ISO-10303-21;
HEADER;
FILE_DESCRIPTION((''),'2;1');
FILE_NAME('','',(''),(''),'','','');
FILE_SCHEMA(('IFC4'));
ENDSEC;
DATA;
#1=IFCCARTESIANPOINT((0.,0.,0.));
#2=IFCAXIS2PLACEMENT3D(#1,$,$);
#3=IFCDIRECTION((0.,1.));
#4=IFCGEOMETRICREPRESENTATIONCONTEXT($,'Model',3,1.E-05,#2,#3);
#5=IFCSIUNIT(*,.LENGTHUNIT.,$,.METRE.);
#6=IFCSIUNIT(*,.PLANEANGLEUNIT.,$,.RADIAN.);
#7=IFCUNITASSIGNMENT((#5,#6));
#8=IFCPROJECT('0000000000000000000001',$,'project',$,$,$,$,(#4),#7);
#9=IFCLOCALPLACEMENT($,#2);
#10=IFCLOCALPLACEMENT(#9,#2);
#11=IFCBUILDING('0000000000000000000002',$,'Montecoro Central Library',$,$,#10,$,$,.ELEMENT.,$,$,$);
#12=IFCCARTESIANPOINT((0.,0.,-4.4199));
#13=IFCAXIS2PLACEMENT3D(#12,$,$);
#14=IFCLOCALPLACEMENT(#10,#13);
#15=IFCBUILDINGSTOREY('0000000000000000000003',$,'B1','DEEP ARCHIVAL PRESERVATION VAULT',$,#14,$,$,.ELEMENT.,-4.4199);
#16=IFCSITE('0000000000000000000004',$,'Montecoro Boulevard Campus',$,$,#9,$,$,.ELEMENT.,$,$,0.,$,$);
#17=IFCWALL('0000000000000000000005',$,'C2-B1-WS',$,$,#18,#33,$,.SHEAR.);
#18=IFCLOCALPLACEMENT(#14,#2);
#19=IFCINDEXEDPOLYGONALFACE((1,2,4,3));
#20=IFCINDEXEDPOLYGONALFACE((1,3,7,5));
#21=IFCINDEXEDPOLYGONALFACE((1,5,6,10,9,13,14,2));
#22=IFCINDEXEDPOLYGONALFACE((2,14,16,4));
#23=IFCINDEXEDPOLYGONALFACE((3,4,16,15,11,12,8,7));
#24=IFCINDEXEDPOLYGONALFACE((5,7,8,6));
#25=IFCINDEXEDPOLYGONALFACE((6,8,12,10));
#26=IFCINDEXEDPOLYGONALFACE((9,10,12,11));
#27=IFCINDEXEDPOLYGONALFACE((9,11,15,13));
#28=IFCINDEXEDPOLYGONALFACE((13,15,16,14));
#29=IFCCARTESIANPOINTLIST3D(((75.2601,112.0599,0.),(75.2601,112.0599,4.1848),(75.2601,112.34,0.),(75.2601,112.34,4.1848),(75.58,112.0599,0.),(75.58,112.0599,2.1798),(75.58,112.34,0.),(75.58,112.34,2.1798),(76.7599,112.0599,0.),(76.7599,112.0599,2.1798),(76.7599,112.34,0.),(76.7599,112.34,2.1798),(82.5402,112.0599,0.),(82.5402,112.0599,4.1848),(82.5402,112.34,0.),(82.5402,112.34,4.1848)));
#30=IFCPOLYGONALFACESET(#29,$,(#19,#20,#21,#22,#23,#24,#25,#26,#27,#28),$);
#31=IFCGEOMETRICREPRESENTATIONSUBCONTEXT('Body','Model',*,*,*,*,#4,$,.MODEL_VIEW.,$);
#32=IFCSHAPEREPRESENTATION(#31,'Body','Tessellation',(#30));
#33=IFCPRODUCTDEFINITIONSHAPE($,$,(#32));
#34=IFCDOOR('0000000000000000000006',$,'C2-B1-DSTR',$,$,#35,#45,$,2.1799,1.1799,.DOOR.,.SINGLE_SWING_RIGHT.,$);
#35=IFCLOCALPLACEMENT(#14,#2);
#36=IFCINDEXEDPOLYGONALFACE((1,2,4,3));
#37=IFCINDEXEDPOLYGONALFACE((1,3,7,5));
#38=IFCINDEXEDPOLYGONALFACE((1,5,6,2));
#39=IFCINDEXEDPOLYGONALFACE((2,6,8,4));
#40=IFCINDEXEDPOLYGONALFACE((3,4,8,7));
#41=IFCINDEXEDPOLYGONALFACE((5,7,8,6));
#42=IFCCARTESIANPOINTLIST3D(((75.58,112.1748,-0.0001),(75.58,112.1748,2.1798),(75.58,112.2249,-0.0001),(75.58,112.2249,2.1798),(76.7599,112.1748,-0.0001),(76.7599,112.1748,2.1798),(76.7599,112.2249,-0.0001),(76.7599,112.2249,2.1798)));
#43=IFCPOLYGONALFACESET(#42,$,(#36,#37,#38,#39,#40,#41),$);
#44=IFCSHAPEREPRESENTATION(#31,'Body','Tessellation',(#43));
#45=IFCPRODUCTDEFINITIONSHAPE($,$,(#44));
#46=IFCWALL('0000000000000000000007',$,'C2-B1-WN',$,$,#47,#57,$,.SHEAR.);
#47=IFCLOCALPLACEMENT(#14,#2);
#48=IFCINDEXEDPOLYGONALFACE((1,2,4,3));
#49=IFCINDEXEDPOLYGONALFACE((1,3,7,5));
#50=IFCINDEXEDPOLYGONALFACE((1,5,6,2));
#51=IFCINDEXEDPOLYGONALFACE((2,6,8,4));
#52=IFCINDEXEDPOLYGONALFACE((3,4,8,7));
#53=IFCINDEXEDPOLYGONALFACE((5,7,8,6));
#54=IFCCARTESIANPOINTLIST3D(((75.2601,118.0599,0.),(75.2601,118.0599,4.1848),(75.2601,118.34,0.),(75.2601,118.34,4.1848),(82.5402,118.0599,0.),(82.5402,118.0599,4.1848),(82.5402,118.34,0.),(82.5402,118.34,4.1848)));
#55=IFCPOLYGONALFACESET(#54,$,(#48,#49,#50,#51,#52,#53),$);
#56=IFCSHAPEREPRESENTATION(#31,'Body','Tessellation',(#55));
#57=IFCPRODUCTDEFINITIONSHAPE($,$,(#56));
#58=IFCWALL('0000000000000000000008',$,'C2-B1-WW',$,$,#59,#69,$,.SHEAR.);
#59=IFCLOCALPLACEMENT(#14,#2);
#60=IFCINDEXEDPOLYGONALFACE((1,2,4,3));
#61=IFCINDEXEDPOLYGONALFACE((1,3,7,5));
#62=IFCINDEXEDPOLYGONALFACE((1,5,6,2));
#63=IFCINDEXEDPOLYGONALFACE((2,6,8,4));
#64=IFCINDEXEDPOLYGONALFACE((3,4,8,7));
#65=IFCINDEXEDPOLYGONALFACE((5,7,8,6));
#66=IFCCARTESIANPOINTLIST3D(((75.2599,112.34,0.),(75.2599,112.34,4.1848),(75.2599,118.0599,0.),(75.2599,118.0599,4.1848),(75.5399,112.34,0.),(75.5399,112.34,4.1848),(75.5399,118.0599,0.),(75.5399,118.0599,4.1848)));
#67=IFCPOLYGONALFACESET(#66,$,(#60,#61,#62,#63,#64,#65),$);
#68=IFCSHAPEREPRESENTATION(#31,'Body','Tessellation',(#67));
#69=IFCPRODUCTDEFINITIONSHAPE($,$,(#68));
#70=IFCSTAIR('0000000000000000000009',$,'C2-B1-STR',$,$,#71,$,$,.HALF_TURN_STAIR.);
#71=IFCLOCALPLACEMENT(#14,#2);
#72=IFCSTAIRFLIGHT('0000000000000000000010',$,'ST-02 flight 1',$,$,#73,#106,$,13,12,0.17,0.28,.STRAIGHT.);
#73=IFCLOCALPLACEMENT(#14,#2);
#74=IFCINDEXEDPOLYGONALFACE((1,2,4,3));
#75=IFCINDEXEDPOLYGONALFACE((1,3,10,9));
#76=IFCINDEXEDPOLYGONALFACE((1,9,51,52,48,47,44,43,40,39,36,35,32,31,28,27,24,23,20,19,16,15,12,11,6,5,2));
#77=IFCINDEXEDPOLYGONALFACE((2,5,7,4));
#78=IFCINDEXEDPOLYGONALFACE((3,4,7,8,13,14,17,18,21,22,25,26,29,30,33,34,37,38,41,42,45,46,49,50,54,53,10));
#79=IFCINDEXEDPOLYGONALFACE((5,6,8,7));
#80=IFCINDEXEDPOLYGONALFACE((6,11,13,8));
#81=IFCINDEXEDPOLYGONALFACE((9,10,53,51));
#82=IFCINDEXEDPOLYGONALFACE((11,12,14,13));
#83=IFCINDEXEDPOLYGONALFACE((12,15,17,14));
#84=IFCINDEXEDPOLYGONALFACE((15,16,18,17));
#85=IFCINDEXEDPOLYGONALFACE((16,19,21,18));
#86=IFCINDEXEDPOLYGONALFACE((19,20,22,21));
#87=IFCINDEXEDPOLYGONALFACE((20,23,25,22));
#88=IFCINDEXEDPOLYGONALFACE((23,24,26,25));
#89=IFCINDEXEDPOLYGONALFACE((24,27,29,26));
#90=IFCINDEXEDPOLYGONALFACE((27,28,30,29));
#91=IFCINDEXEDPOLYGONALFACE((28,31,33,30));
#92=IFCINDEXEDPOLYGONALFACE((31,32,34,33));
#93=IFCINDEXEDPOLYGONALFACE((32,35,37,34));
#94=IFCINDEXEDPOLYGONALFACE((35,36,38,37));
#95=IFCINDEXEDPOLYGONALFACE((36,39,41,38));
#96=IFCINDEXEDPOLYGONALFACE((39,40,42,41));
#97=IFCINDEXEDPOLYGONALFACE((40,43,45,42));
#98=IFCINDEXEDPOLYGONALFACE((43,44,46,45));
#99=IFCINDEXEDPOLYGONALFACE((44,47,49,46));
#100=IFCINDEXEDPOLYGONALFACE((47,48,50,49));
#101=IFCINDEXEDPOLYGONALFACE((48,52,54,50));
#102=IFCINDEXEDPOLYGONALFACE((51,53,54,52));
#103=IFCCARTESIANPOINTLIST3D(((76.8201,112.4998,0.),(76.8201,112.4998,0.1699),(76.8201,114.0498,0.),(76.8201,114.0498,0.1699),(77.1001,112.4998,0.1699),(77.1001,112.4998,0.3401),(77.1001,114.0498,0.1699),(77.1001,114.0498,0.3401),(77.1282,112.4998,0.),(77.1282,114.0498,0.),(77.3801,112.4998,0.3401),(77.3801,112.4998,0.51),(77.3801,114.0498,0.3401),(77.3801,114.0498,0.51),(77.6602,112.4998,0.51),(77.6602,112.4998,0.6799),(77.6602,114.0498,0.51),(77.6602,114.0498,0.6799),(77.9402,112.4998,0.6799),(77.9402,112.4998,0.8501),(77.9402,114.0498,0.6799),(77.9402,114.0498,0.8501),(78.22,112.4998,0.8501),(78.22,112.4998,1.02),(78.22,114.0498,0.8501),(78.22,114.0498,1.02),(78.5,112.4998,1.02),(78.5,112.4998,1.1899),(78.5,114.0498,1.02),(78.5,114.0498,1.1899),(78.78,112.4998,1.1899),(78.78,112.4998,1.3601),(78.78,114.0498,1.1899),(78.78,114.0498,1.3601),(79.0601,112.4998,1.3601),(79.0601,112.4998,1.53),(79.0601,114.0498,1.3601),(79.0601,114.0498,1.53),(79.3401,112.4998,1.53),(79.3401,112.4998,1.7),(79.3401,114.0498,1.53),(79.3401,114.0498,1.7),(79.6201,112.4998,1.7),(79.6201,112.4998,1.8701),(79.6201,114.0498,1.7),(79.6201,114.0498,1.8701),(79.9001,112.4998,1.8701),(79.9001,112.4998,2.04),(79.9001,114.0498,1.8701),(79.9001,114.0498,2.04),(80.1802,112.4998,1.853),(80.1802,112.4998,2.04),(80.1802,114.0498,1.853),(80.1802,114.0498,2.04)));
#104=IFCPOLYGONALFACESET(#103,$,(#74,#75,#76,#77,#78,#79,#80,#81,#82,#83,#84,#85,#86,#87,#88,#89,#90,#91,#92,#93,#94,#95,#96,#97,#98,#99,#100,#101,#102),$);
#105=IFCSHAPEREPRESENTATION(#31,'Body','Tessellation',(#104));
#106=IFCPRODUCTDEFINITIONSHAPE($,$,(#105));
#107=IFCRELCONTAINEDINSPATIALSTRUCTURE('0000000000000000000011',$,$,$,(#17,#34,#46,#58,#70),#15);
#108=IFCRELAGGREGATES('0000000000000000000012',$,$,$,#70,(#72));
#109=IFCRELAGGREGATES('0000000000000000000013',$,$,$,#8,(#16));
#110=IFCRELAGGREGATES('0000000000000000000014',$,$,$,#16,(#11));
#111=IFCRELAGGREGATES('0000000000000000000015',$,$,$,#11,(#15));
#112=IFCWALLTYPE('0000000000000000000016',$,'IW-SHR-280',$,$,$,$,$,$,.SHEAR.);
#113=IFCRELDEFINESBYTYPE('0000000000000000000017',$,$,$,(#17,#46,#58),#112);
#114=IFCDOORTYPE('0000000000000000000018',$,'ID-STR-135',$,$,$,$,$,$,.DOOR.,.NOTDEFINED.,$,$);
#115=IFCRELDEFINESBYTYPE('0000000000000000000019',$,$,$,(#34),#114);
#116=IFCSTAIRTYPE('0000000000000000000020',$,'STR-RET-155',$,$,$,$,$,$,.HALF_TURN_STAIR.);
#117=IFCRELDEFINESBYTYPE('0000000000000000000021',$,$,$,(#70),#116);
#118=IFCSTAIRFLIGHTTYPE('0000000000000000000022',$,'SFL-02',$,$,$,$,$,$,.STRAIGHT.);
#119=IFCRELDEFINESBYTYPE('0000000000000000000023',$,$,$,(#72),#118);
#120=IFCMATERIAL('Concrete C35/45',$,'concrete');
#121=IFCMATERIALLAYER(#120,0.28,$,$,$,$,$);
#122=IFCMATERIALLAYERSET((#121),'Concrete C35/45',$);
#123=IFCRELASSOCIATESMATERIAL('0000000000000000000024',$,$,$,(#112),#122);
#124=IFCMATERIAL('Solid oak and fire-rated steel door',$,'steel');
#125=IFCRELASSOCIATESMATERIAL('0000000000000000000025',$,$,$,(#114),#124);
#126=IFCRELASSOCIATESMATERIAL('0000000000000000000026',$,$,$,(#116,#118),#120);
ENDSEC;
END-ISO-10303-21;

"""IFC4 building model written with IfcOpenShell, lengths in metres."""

from ifc_helpers import new_model, si_unit, direction, frame, frame_2d, origin, place, context, subcontext, project, spatial, polyline, rectangle, outline, extrude, material, layer, layer_set, type_object, element, fill, aggregate, save


model = new_model("IFC4")

# Units and contexts
model_context = context("Model", 3, precision=1e-05, world=origin(), true_north=direction((0.0, 1.0)))
body_context = subcontext(model_context, "Body", "Model", "MODEL_VIEW")
ifc_project = project(units=[si_unit("LENGTHUNIT", "METRE"), si_unit("PLANEANGLEUNIT", "RADIAN")], contexts=[model_context])

# Site, building, storey
site_placement = place(None, origin())
site = spatial("IfcSite", under=ifc_project, at=site_placement, Name="Montecoro Boulevard Campus", CompositionType="ELEMENT", RefElevation=0.0)
building_placement = place(site_placement, origin())
building = spatial("IfcBuilding", under=site, at=building_placement, Name="Montecoro Central Library", CompositionType="ELEMENT")
storey_placement = place(building_placement, frame((0.0, 0.0, -4.4199)))
storey = spatial("IfcBuildingStorey", under=building, at=storey_placement, Name="B1", Description="DEEP ARCHIVAL PRESERVATION VAULT", CompositionType="ELEMENT", Elevation=-4.4199)

# Shared definitions
ifc_material_1 = material(Name="Concrete C35/45", Category="concrete")

# Wall, opening, door
ifc_layer_1 = layer(ifc_material_1, 0.28)
ifc_layer_set_1 = layer_set([ifc_layer_1], Name="Concrete C35/45")
wall_type_1 = type_object("IfcWallType", Name="IW-SHR-280", PredefinedType="SHEAR", material=ifc_layer_set_1)
wall_1_placement = place(storey_placement, frame((75.26, 112.2, 0.0), z_axis=(0.0, 0.0, 1.0), x_axis=(1.0, 0.0, 0.0)))
wall_1 = element("IfcWall", 1, at=wall_1_placement, inside=storey, type_object=wall_type_1, Name="C2-B1-WS", PredefinedType="SHEAR", context=body_context, shape_type="SweptSolid", body=[
    extrude(rectangle(XDim=7.28, YDim=0.28, at=frame_2d((3.6401, 0.0))), origin(), (0.0, 0.0, 1.0), 4.1848),
])
opening_placement = place(wall_1_placement, frame((0.3201, 0.0, 0.0)))
opening = element("IfcOpeningElement", 2, at=opening_placement, cuts=wall_1, PredefinedType="OPENING", context=body_context, shape_type="SweptSolid", body=[
    extrude(rectangle(XDim=1.1799, YDim=2.1799, at=frame_2d((0.5898, 1.0898))), frame((0.0, 0.1499, 0.0), z_axis=(0.0, -1.0, 0.0), x_axis=(1.0, 0.0, 0.0)), (0.0, 0.0, 1.0), 0.3),
])
ifc_material_2 = material(Name="Solid oak and fire-rated steel door", Category="steel")
door_type = type_object("IfcDoorType", Name="ID-STR-135", OperationType="NOTDEFINED", PredefinedType="DOOR", material=ifc_material_2)
door_placement = place(opening_placement, origin())
door = element("IfcDoor", 3, at=door_placement, inside=storey, type_object=door_type, Name="C2-B1-DSTR", OperationType="SINGLE_SWING_RIGHT", OverallHeight=2.1799, OverallWidth=1.1799, PredefinedType="DOOR", context=body_context, shape_type="SweptSolid", body=[
    extrude(rectangle(XDim=1.1799, YDim=2.1799, at=frame_2d((0.5898, 1.0898))), frame((0.0, 0.0249, 0.0), z_axis=(0.0, -1.0, 0.0), x_axis=(1.0, 0.0, 0.0)), (0.0, 0.0, 1.0), 0.05),
])
fill(opening, door)

# Walls
wall_2_placement = place(storey_placement, frame((75.26, 118.2, 0.0), z_axis=(0.0, 0.0, 1.0), x_axis=(1.0, 0.0, 0.0)))
element("IfcWall", 4, at=wall_2_placement, inside=storey, type_object=wall_type_1, Name="C2-B1-WN", PredefinedType="SHEAR", context=body_context, shape_type="SweptSolid", body=[
    extrude(rectangle(XDim=7.28, YDim=0.28, at=frame_2d((3.6401, 0.0))), origin(), (0.0, 0.0, 1.0), 4.1848),
])
wall_3_placement = place(storey_placement, frame((75.3999, 112.3401, 0.0), z_axis=(0.0, 0.0, 1.0), x_axis=(0.0, 1.0, 0.0)))
element("IfcWall", 5, at=wall_3_placement, inside=storey, type_object=wall_type_1, Name="C2-B1-WW", PredefinedType="SHEAR", context=body_context, shape_type="SweptSolid", body=[
    extrude(rectangle(XDim=5.72, YDim=0.28, at=frame_2d((2.8599, 0.0))), origin(), (0.0, 0.0, 1.0), 4.1848),
])

# Stair, stair flight
stair_type = type_object("IfcStairType", Name="STR-RET-155", PredefinedType="HALF_TURN_STAIR", material=ifc_material_1)
stair_placement = place(storey_placement, origin())
stair = element("IfcStair", 6, at=stair_placement, inside=storey, type_object=stair_type, Name="C2-B1-STR", PredefinedType="HALF_TURN_STAIR")
stair_flight_type = type_object("IfcStairFlightType", Name="SFL-02", PredefinedType="STRAIGHT", material=ifc_material_1)
stair_flight_placement = place(storey_placement, frame((76.8201, 113.2749, 0.0), z_axis=(0.0, 0.0, 1.0), x_axis=(1.0, 0.0, 0.0)))
stair_flight = element("IfcStairFlight", 7, at=stair_flight_placement, type_object=stair_flight_type, Name="ST-02 flight 1", NumberOfRisers=13, NumberOfTreads=12, PredefinedType="STRAIGHT", RiserHeight=0.17, TreadLength=0.28, context=body_context, shape_type="SweptSolid", body=[
    extrude(outline(polyline([(0.0, 0.0), (0.0, 0.1699), (0.28, 0.1699), (0.28, 0.3401), (0.5601, 0.3401), (0.5601, 0.51), (0.8401, 0.51), (0.8401, 0.6799), (1.1201, 0.6799), (1.1201, 0.8501), (1.3999, 0.8501), (1.3999, 1.02), (1.6799, 1.02), (1.6799, 1.1899), (1.96, 1.1899), (1.96, 1.3601), (2.24, 1.3601), (2.24, 1.53), (2.52, 1.53), (2.52, 1.7), (2.8, 1.7), (2.8, 1.8701), (3.0801, 1.8701), (3.0801, 2.04), (3.3601, 2.04), (3.3601, 2.21), (3.3601, 1.853), (0.3081, 0.0), (0.0, 0.0)])), frame((0.0, 0.7749, 0.0), z_axis=(0.0, -1.0, 0.0), x_axis=(1.0, 0.0, 0.0)), (0.0, 0.0, 1.0), 1.55),
])
aggregate(stair, [stair_flight])

save(model, "model.ifc")
